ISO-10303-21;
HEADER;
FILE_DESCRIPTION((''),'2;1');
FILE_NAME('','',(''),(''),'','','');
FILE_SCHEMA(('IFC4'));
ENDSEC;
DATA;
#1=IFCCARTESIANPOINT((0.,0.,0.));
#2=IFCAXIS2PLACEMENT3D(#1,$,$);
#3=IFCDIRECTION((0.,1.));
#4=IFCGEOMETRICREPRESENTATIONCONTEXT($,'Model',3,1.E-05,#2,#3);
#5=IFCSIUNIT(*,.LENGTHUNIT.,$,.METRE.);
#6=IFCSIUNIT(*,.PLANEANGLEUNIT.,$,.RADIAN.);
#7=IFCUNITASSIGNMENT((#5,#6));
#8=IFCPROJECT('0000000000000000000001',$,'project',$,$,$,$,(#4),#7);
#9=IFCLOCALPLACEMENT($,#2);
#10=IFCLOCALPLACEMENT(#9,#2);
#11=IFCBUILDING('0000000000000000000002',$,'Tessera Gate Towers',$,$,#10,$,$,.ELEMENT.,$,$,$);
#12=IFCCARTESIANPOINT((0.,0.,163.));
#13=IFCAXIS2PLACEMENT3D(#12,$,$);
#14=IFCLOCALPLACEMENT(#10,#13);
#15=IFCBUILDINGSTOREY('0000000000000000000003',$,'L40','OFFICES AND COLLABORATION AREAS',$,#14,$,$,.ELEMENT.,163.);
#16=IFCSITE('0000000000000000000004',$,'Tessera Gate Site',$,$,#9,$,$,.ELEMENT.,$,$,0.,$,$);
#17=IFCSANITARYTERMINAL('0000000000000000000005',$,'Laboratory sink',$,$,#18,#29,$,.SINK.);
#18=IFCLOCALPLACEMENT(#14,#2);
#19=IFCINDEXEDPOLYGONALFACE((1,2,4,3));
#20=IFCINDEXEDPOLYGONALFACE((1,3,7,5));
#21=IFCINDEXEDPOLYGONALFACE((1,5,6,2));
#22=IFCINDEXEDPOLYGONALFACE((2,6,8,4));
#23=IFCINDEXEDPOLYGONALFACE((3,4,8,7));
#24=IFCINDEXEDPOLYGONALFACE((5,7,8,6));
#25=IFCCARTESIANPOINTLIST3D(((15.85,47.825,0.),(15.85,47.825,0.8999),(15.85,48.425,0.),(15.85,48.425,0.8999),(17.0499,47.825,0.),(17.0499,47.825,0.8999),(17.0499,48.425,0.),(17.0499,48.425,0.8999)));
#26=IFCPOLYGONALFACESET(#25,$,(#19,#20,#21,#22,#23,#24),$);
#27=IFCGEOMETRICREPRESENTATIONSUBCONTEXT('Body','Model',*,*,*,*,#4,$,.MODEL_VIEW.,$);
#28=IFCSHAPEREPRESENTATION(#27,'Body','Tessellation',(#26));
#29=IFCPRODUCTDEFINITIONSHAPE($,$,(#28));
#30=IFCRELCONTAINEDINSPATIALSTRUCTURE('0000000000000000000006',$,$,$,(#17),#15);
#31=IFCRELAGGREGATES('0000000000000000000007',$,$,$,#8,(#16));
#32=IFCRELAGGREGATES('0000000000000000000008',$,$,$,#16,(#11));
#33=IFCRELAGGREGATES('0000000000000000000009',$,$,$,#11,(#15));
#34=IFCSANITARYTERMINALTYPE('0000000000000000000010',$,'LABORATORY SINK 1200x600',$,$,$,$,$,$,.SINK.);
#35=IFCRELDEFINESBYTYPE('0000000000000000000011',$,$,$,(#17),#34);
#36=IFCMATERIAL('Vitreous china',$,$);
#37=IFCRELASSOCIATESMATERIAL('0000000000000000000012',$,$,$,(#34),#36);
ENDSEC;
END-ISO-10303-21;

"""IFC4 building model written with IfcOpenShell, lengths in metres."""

from ifc_helpers import new_model, si_unit, direction, frame, origin, origin_2d, place, context, subcontext, project, spatial, rectangle, extrude, material, type_object, element, save


model = new_model("IFC4")

# Units and contexts
model_context = context("Model", 3, precision=1e-05, world=origin(), true_north=direction((0.0, 1.0)))
body_context = subcontext(model_context, "Body", "Model", "MODEL_VIEW")
ifc_project = project(units=[si_unit("LENGTHUNIT", "METRE"), si_unit("PLANEANGLEUNIT", "RADIAN")], contexts=[model_context])

# Site, building, storey
site_placement = place(None, origin())
site = spatial("IfcSite", under=ifc_project, at=site_placement, Name="Tessera Gate Site", CompositionType="ELEMENT", RefElevation=0.0)
building_placement = place(site_placement, origin())
building = spatial("IfcBuilding", under=site, at=building_placement, Name="Tessera Gate Towers", CompositionType="ELEMENT")
storey_placement = place(building_placement, frame((0.0, 0.0, 163.0)))
storey = spatial("IfcBuildingStorey", under=building, at=storey_placement, Name="L40", Description="OFFICES AND COLLABORATION AREAS", CompositionType="ELEMENT", Elevation=163.0)

# Sanitary terminal
ifc_material_1 = material(Name="Vitreous china")
sanitary_terminal_type = type_object("IfcSanitaryTerminalType", Name="LABORATORY SINK 1200x600", PredefinedType="SINK", material=ifc_material_1)
sanitary_terminal_placement = place(storey_placement, frame((16.45, 48.125, 0.0), z_axis=(0.0, 0.0, 1.0), x_axis=(1.0, 0.0, 0.0)))
element("IfcSanitaryTerminal", 1, at=sanitary_terminal_placement, inside=storey, type_object=sanitary_terminal_type, Name="Laboratory sink", PredefinedType="SINK", context=body_context, shape_type="SweptSolid", body=[
    extrude(rectangle(XDim=1.2, YDim=0.6001, at=origin_2d()), origin(), (0.0, 0.0, 1.0), 0.8999),
])

save(model, "model.ifc")
